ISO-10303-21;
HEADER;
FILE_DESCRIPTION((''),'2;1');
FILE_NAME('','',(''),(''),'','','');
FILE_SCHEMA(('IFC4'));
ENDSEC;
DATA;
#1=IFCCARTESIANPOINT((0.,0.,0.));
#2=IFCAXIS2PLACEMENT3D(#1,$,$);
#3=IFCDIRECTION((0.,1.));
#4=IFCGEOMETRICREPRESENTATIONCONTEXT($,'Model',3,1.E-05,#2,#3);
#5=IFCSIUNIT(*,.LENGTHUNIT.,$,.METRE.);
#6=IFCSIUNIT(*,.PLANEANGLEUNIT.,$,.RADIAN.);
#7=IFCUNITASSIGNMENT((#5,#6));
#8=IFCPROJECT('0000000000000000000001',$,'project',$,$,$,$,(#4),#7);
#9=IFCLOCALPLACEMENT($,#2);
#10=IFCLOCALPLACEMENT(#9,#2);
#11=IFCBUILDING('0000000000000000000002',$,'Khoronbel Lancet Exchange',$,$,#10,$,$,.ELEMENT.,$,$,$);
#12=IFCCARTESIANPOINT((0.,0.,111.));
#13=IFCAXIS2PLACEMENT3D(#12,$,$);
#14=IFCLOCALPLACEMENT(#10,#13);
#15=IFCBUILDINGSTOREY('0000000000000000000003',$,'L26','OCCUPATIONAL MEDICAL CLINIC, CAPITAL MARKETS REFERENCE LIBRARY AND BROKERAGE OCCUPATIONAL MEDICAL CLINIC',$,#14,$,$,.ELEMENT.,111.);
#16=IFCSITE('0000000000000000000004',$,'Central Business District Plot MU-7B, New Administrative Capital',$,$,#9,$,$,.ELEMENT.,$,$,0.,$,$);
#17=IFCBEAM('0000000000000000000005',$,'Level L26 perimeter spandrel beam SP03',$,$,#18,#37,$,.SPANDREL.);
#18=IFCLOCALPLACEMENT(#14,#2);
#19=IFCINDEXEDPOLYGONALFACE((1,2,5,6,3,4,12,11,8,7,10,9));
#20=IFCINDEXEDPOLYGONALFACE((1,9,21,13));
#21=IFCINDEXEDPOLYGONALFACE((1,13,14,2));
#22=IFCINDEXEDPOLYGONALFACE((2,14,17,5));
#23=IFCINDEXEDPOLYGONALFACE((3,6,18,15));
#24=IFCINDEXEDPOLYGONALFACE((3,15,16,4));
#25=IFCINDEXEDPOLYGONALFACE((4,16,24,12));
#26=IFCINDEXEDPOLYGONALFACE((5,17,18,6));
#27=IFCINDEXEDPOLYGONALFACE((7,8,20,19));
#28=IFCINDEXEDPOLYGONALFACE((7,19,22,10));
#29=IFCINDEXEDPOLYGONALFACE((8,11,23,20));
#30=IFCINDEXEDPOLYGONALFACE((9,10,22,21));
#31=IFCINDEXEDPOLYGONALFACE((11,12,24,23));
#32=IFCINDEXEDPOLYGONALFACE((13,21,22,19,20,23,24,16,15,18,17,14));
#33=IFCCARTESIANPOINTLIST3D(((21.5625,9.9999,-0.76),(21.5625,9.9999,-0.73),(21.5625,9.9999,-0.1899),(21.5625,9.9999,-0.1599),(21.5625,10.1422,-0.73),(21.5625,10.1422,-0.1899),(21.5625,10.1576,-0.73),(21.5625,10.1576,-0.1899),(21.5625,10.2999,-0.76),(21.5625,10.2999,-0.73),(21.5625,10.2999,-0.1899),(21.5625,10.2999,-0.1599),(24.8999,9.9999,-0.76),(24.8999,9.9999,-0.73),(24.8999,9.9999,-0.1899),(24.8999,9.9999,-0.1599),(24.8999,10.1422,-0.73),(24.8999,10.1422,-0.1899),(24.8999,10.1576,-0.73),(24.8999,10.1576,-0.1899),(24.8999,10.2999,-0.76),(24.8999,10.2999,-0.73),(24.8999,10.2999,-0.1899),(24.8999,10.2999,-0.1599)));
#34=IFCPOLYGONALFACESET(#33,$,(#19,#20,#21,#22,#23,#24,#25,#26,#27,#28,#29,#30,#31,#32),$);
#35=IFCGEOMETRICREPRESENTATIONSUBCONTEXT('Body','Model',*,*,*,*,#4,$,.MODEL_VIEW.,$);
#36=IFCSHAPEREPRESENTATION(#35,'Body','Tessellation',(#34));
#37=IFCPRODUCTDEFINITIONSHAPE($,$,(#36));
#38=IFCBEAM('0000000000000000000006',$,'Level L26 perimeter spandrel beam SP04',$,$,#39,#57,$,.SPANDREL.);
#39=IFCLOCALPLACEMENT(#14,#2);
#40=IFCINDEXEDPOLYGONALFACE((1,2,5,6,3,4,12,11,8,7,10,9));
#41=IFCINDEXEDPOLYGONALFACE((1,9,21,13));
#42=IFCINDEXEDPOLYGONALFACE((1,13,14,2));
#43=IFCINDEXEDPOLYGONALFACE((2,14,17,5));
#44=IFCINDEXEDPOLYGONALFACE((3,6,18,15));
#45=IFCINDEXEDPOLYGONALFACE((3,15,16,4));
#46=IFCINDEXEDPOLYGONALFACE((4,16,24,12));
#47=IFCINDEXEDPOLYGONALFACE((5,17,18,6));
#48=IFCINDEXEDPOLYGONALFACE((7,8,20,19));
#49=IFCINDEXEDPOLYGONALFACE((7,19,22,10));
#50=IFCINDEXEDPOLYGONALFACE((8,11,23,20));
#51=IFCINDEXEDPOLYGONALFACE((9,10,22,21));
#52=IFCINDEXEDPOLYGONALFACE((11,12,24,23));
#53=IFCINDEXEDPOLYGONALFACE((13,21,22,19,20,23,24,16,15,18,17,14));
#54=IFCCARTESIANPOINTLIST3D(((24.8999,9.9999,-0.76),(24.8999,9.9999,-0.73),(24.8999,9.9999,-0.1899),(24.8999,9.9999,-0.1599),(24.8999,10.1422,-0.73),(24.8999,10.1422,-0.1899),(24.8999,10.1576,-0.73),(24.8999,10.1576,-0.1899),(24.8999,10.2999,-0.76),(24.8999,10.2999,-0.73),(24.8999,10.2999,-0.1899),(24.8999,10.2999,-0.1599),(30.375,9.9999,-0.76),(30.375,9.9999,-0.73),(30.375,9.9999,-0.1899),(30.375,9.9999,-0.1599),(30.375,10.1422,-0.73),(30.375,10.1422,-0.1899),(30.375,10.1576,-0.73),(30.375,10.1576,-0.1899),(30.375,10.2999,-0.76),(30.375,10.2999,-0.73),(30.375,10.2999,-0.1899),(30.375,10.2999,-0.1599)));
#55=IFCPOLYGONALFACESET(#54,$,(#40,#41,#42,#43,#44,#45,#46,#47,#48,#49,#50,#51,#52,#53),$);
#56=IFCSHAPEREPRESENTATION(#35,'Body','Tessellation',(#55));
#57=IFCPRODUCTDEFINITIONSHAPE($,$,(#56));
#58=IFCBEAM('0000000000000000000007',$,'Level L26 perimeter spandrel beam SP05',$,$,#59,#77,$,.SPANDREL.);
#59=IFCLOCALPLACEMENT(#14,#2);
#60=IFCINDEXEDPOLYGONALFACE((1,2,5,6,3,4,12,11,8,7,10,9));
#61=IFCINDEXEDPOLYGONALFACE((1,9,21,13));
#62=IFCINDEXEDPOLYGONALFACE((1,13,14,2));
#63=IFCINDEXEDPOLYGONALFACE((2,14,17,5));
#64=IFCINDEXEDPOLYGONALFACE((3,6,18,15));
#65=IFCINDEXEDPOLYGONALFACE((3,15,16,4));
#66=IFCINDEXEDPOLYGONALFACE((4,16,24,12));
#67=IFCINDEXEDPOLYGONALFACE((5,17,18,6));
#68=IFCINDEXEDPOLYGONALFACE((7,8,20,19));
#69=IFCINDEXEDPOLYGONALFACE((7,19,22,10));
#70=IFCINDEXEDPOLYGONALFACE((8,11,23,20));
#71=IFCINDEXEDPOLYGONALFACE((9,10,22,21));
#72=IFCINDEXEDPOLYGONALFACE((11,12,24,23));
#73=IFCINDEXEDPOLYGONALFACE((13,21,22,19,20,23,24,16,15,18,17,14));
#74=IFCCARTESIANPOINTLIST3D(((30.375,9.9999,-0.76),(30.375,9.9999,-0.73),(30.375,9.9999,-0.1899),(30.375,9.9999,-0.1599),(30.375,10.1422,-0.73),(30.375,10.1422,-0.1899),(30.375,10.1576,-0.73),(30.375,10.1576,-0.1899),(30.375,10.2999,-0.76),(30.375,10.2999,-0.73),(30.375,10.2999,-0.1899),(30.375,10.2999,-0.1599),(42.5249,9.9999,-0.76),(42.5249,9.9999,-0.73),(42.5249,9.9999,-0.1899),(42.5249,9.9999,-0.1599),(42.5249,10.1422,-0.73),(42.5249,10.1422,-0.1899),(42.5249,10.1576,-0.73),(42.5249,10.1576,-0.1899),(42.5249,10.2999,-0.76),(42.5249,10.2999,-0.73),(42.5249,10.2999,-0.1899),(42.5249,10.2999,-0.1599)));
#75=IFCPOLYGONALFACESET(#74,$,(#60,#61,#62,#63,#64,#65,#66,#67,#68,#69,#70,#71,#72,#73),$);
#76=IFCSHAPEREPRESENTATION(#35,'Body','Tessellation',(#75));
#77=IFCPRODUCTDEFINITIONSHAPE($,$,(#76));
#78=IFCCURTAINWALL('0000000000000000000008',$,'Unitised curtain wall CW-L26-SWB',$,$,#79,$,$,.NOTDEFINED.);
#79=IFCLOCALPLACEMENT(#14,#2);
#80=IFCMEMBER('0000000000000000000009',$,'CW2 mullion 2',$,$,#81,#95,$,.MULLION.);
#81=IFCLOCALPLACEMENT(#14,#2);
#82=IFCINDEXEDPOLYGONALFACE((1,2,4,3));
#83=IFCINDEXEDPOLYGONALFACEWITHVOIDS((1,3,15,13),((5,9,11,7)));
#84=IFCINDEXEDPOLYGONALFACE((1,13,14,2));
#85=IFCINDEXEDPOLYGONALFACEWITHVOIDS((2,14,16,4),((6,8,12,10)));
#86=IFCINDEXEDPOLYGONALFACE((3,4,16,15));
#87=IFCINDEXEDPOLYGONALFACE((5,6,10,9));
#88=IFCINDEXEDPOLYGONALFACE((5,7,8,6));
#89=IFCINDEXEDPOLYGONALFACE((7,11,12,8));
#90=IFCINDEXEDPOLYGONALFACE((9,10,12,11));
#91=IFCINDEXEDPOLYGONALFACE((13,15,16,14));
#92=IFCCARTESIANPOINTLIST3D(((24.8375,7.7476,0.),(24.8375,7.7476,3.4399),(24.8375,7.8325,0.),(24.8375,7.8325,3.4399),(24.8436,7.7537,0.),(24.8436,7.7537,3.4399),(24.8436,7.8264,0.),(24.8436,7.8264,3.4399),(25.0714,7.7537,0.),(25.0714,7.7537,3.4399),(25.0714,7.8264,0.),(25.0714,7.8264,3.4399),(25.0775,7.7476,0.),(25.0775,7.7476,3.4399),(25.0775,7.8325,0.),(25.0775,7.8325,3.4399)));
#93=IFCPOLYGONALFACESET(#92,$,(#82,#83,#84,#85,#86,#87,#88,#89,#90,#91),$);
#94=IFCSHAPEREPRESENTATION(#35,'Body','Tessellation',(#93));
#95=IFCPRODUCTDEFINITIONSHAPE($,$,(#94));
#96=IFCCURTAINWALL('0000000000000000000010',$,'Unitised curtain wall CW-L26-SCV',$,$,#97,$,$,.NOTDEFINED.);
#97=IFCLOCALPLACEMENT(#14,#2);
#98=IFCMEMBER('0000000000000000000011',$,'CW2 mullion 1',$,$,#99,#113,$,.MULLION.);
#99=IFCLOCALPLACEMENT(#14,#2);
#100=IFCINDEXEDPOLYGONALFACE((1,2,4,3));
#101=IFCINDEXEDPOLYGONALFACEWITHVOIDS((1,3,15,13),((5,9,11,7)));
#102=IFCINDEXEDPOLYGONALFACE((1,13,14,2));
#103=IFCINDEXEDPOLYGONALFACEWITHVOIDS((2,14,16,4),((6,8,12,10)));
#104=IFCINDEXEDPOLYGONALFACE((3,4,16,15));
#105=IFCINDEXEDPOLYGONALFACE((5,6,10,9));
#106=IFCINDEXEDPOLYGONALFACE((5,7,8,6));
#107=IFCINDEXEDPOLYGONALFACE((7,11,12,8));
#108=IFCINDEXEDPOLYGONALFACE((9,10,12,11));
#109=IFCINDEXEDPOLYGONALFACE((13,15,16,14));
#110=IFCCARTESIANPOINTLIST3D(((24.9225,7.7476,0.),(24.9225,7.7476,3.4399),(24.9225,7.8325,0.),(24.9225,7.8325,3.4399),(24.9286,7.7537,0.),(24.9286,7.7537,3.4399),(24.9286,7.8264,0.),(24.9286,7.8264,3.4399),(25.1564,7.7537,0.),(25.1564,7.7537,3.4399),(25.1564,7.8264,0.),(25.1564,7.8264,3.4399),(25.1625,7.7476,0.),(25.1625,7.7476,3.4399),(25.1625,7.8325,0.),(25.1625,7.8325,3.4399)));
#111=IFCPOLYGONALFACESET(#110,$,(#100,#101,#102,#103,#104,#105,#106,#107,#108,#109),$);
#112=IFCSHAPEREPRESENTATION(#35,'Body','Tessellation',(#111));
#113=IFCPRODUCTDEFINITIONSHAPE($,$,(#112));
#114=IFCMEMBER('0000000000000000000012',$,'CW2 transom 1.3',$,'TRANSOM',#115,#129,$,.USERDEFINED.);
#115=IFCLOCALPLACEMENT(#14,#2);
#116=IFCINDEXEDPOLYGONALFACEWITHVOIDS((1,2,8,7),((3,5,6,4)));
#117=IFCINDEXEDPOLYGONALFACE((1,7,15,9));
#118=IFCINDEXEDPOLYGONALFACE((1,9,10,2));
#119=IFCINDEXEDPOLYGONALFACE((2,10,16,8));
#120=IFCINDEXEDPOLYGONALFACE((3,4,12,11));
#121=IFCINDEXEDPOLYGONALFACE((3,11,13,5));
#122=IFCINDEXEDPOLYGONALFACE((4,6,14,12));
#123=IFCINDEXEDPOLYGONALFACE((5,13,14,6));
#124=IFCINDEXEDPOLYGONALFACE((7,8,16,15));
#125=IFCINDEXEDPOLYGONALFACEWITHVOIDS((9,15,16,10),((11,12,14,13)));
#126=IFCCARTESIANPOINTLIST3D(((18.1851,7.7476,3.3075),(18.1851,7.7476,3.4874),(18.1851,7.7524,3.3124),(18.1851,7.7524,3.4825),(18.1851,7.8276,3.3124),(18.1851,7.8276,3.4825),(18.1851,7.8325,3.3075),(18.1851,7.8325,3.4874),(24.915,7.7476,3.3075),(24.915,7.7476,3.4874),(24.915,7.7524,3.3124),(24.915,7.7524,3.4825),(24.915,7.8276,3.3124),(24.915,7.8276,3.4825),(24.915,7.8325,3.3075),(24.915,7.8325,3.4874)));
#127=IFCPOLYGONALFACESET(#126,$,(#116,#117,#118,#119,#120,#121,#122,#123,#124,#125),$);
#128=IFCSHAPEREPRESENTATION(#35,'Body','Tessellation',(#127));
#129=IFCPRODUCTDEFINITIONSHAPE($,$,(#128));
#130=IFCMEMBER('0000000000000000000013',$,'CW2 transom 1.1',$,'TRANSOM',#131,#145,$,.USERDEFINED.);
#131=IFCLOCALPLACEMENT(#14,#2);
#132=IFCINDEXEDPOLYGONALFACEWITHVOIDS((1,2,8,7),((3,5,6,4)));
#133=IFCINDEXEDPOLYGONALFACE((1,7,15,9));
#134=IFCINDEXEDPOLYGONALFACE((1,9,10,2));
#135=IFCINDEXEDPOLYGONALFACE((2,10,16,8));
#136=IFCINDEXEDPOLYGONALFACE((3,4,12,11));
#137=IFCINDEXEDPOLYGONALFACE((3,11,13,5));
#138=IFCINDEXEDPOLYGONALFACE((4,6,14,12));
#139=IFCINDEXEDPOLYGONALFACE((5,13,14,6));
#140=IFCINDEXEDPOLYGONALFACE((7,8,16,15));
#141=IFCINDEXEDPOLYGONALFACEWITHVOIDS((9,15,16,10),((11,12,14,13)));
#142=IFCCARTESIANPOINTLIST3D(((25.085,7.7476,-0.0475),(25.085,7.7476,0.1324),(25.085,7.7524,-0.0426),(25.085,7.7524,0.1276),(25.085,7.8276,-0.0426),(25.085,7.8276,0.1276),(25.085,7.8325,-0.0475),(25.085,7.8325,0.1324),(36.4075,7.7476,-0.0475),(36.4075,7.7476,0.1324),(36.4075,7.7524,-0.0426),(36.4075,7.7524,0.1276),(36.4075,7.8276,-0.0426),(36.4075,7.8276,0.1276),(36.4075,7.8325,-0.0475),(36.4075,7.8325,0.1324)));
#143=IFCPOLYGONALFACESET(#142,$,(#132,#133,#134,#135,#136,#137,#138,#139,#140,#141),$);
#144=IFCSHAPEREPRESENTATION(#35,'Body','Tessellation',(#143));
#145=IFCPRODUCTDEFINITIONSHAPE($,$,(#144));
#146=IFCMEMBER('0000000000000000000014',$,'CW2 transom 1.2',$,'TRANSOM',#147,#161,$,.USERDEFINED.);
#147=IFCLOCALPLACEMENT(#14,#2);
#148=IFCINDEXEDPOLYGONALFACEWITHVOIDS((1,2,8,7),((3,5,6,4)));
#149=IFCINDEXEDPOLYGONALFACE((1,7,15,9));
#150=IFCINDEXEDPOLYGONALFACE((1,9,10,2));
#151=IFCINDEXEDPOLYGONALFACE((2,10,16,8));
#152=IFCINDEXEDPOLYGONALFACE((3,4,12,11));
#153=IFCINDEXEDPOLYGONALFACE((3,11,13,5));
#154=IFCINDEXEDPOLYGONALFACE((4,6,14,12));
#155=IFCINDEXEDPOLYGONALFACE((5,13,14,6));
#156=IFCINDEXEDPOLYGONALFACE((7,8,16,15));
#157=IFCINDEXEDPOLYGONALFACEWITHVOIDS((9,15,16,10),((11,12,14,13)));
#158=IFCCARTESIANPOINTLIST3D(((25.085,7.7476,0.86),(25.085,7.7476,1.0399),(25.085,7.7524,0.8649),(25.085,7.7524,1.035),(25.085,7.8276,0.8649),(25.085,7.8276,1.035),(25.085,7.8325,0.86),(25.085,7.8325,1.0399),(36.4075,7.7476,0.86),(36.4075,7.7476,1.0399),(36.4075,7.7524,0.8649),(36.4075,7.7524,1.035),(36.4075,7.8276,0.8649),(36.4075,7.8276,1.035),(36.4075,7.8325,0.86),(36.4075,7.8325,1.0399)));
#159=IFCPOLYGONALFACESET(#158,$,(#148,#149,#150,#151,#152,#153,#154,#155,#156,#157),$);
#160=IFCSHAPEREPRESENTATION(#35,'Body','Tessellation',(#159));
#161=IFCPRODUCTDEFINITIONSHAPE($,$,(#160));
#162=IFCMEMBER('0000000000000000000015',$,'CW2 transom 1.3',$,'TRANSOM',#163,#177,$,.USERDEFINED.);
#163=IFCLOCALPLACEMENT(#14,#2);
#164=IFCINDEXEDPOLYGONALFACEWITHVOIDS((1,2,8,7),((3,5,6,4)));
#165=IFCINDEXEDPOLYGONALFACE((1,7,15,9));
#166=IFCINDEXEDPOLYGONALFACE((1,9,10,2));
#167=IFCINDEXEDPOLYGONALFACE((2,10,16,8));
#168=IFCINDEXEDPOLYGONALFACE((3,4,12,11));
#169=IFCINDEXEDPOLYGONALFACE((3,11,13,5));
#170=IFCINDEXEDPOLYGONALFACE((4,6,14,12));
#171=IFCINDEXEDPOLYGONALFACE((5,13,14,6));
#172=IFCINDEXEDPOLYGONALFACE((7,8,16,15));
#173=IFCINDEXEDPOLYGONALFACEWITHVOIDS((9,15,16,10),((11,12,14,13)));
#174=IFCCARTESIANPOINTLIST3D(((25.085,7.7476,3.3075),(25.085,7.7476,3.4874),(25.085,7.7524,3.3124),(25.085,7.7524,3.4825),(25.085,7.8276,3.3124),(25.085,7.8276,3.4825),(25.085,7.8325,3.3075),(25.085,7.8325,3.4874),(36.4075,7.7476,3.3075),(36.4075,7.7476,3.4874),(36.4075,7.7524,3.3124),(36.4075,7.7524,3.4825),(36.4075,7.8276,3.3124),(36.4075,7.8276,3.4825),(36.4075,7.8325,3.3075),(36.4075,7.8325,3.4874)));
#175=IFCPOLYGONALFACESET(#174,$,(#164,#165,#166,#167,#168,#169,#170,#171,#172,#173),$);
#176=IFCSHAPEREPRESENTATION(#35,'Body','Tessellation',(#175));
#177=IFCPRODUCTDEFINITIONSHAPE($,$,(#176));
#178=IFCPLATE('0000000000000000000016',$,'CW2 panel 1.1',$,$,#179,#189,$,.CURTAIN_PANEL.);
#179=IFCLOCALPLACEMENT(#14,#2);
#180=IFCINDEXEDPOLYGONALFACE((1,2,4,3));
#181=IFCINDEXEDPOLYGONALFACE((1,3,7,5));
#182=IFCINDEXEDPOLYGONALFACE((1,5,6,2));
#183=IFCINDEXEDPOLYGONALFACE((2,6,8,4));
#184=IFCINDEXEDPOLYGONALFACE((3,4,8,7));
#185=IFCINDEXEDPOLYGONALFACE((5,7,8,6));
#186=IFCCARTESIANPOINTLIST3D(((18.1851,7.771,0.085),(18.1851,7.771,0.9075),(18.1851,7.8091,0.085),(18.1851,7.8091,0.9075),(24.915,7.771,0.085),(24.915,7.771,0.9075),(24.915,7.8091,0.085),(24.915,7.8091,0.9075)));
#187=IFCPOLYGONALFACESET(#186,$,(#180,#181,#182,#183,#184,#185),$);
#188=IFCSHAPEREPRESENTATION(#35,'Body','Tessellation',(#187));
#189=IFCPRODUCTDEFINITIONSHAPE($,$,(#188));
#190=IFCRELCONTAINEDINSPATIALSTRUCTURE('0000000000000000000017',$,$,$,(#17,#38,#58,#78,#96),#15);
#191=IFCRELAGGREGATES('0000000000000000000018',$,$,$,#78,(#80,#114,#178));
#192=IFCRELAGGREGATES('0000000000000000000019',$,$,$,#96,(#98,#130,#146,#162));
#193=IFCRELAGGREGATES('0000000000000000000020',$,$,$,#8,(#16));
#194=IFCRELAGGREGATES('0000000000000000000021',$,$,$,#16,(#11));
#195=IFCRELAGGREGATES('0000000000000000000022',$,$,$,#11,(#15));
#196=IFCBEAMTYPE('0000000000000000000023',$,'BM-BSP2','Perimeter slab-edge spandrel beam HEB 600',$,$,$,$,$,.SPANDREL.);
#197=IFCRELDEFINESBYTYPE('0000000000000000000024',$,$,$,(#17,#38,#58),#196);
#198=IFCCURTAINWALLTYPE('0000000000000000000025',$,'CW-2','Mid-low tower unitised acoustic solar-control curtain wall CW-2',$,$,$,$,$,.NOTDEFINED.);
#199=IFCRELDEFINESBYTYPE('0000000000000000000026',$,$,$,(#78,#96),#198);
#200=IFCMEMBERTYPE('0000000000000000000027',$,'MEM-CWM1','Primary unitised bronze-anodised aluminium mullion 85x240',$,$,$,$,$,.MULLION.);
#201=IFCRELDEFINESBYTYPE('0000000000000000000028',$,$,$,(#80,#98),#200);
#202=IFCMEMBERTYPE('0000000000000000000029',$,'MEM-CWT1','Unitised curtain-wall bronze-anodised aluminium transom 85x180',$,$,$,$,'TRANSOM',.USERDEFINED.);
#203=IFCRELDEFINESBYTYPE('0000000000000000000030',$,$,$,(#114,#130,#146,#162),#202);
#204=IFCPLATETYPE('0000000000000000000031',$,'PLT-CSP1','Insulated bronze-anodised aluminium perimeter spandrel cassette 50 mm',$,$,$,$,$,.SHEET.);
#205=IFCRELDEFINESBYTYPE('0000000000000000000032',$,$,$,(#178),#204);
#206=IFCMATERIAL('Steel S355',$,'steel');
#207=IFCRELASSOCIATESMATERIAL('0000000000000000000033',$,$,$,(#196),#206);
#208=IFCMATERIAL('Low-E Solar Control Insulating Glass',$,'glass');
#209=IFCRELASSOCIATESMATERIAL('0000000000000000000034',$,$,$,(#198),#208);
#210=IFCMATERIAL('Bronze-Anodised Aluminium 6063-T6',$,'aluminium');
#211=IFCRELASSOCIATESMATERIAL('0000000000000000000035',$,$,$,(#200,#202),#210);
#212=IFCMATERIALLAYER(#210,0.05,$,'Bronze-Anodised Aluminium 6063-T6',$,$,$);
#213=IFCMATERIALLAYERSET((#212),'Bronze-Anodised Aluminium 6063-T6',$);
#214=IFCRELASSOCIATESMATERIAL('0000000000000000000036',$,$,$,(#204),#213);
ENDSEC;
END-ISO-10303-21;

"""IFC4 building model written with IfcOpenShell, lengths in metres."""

from ifc_helpers import new_model, si_unit, direction, frame, origin, origin_2d, place, context, subcontext, project, spatial, rectangle, hollow_rectangle, i_section, extrude, material, layer, layer_set, material_profile, profile_set, type_object, element, aggregate, save


model = new_model("IFC4")

# Units and contexts
model_context = context("Model", 3, precision=1e-05, world=origin(), true_north=direction((0.0, 1.0)))
body_context = subcontext(model_context, "Body", "Model", "MODEL_VIEW")
ifc_project = project(units=[si_unit("LENGTHUNIT", "METRE"), si_unit("PLANEANGLEUNIT", "RADIAN")], contexts=[model_context])

# Site, building, storey
site_placement = place(None, origin())
site = spatial("IfcSite", under=ifc_project, at=site_placement, Name="Central Business District Plot MU-7B, New Administrative Capital", CompositionType="ELEMENT", RefElevation=0.0)
building_placement = place(site_placement, origin())
building = spatial("IfcBuilding", under=site, at=building_placement, Name="Khoronbel Lancet Exchange", CompositionType="ELEMENT")
storey_placement = place(building_placement, frame((0.0, 0.0, 111.0)))
storey = spatial("IfcBuildingStorey", under=building, at=storey_placement, Name="L26", Description="OCCUPATIONAL MEDICAL CLINIC, CAPITAL MARKETS REFERENCE LIBRARY AND BROKERAGE OCCUPATIONAL MEDICAL CLINIC", CompositionType="ELEMENT", Elevation=111.0)

# Beams
ifc_material_1 = material(Name="Steel S355", Category="steel")
ifc_material_profile_1 = material_profile(ifc_material_1, i_section(OverallWidth=0.3, OverallDepth=0.6001, WebThickness=0.0154, FlangeThickness=0.03, at=origin_2d()), Name="HEB 600")
ifc_profile_set_1 = profile_set([ifc_material_profile_1], Name="Steel S355")
beam_type_1 = type_object("IfcBeamType", Name="BM-BSP2", Description="Perimeter slab-edge spandrel beam HEB 600", PredefinedType="SPANDREL", material=ifc_profile_set_1)
for number, where, z_axis, x_axis, name in (
    (1, (21.5625, 10.1499, -0.46), (1.0, 0.0, 0.0), (0.0, 1.0, 0.0), "Level L26 perimeter spandrel beam SP03"),
):
    element("IfcBeam", number, at=place(storey_placement, frame(where, z_axis=z_axis, x_axis=x_axis)), inside=storey, type_object=beam_type_1, Name=name, PredefinedType="SPANDREL", context=body_context, shape_type="SweptSolid", body=[
        extrude(i_section(OverallWidth=0.3, OverallDepth=0.6001, WebThickness=0.0154, FlangeThickness=0.03, at=origin_2d()), origin(), (0.0, 0.0, 1.0), 3.3374),
    ])
beam_1_placement = place(storey_placement, frame((24.8999, 10.1499, -0.46), z_axis=(1.0, 0.0, 0.0), x_axis=(0.0, 1.0, 0.0)))
element("IfcBeam", 2, at=beam_1_placement, inside=storey, type_object=beam_type_1, Name="Level L26 perimeter spandrel beam SP04", PredefinedType="SPANDREL", context=body_context, shape_type="SweptSolid", body=[
    extrude(i_section(OverallWidth=0.3, OverallDepth=0.6001, WebThickness=0.0154, FlangeThickness=0.03, at=origin_2d()), origin(), (0.0, 0.0, 1.0), 5.4751),
])
beam_2_placement = place(storey_placement, frame((30.375, 10.1499, -0.46), z_axis=(1.0, 0.0, 0.0), x_axis=(0.0, 1.0, 0.0)))
element("IfcBeam", 3, at=beam_2_placement, inside=storey, type_object=beam_type_1, Name="Level L26 perimeter spandrel beam SP05", PredefinedType="SPANDREL", context=body_context, shape_type="SweptSolid", body=[
    extrude(i_section(OverallWidth=0.3, OverallDepth=0.6001, WebThickness=0.0154, FlangeThickness=0.03, at=origin_2d()), origin(), (0.0, 0.0, 1.0), 12.1499),
])

# Curtain walls, members
ifc_material_2 = material(Name="Low-E Solar Control Insulating Glass", Category="glass")
curtain_wall_type = type_object("IfcCurtainWallType", Name="CW-2", Description="Mid-low tower unitised acoustic solar-control curtain wall CW-2", PredefinedType="NOTDEFINED", material=ifc_material_2)
curtain_wall_1_placement = place(storey_placement, origin())
curtain_wall_1 = element("IfcCurtainWall", 4, at=curtain_wall_1_placement, inside=storey, type_object=curtain_wall_type, Name="Unitised curtain wall CW-L26-SWB", PredefinedType="NOTDEFINED")
ifc_material_3 = material(Name="Bronze-Anodised Aluminium 6063-T6", Category="aluminium")
ifc_material_profile_2 = material_profile(ifc_material_3, hollow_rectangle(XDim=0.085, YDim=0.24, WallThickness=0.0061, at=origin_2d()), Name="ALU MULLION 85x240")
ifc_profile_set_2 = profile_set([ifc_material_profile_2], Name="Bronze-Anodised Aluminium 6063-T6")
member_type_1 = type_object("IfcMemberType", Name="MEM-CWM1", Description="Primary unitised bronze-anodised aluminium mullion 85x240", PredefinedType="MULLION", material=ifc_profile_set_2)
member_1_placement = place(storey_placement, frame((24.9575, 7.79, 0.0), z_axis=(0.0, 0.0, 1.0), x_axis=(0.0, 1.0, 0.0)))
member_1 = element("IfcMember", 5, at=member_1_placement, type_object=member_type_1, Name="CW2 mullion 2", PredefinedType="MULLION", context=body_context, shape_type="SweptSolid", body=[
    extrude(hollow_rectangle(XDim=0.085, YDim=0.24, WallThickness=0.0061, at=origin_2d()), origin(), (0.0, 0.0, 1.0), 3.4399),
])
curtain_wall_2_placement = place(storey_placement, origin())
curtain_wall_2 = element("IfcCurtainWall", 6, at=curtain_wall_2_placement, inside=storey, type_object=curtain_wall_type, Name="Unitised curtain wall CW-L26-SCV", PredefinedType="NOTDEFINED")
member_2_placement = place(storey_placement, frame((25.0425, 7.79, 0.0), z_axis=(0.0, 0.0, 1.0), x_axis=(0.0, 1.0, 0.0)))
member_2 = element("IfcMember", 7, at=member_2_placement, type_object=member_type_1, Name="CW2 mullion 1", PredefinedType="MULLION", context=body_context, shape_type="SweptSolid", body=[
    extrude(hollow_rectangle(XDim=0.085, YDim=0.24, WallThickness=0.0061, at=origin_2d()), origin(), (0.0, 0.0, 1.0), 3.4399),
])

# Members
ifc_material_profile_3 = material_profile(ifc_material_3, hollow_rectangle(XDim=0.085, YDim=0.1799, WallThickness=0.0049, at=origin_2d()), Name="ALU TRANSOM 85x180")
ifc_profile_set_3 = profile_set([ifc_material_profile_3], Name="Bronze-Anodised Aluminium 6063-T6")
member_type_2 = type_object("IfcMemberType", Name="MEM-CWT1", Description="Unitised curtain-wall bronze-anodised aluminium transom 85x180", ElementType="TRANSOM", PredefinedType="USERDEFINED", material=ifc_profile_set_3)
member_3_placement = place(storey_placement, frame((18.1851, 7.79, 3.3975), z_axis=(1.0, 0.0, 0.0), x_axis=(0.0, 1.0, 0.0)))
member_3 = element("IfcMember", 8, at=member_3_placement, type_object=member_type_2, Name="CW2 transom 1.3", ObjectType="TRANSOM", PredefinedType="USERDEFINED", context=body_context, shape_type="SweptSolid", body=[
    extrude(hollow_rectangle(XDim=0.085, YDim=0.1799, WallThickness=0.0049, at=origin_2d()), origin(), (0.0, 0.0, 1.0), 6.73),
])
member_4_placement = place(storey_placement, frame((25.085, 7.79, 0.0425), z_axis=(1.0, 0.0, 0.0), x_axis=(0.0, 1.0, 0.0)))
member_4 = element("IfcMember", 9, at=member_4_placement, type_object=member_type_2, Name="CW2 transom 1.1", ObjectType="TRANSOM", PredefinedType="USERDEFINED", context=body_context, shape_type="SweptSolid", body=[
    extrude(hollow_rectangle(XDim=0.085, YDim=0.1799, WallThickness=0.0049, at=origin_2d()), origin(), (0.0, 0.0, 1.0), 11.3225),
])
member_5_placement = place(storey_placement, frame((25.085, 7.79, 0.95), z_axis=(1.0, 0.0, 0.0), x_axis=(0.0, 1.0, 0.0)))
member_5 = element("IfcMember", 10, at=member_5_placement, type_object=member_type_2, Name="CW2 transom 1.2", ObjectType="TRANSOM", PredefinedType="USERDEFINED", context=body_context, shape_type="SweptSolid", body=[
    extrude(hollow_rectangle(XDim=0.085, YDim=0.1799, WallThickness=0.0049, at=origin_2d()), origin(), (0.0, 0.0, 1.0), 11.3225),
])
member_6_placement = place(storey_placement, frame((25.085, 7.79, 3.3975), z_axis=(1.0, 0.0, 0.0), x_axis=(0.0, 1.0, 0.0)))
member_6 = element("IfcMember", 11, at=member_6_placement, type_object=member_type_2, Name="CW2 transom 1.3", ObjectType="TRANSOM", PredefinedType="USERDEFINED", context=body_context, shape_type="SweptSolid", body=[
    extrude(hollow_rectangle(XDim=0.085, YDim=0.1799, WallThickness=0.0049, at=origin_2d()), origin(), (0.0, 0.0, 1.0), 11.3225),
])

# Plate
ifc_layer_1 = layer(ifc_material_3, 0.05, Name="Bronze-Anodised Aluminium 6063-T6")
ifc_layer_set_1 = layer_set([ifc_layer_1], Name="Bronze-Anodised Aluminium 6063-T6")
plate_type_1 = type_object("IfcPlateType", Name="PLT-CSP1", Description="Insulated bronze-anodised aluminium perimeter spandrel cassette 50 mm", PredefinedType="SHEET", material=ifc_layer_set_1)
plate_1_placement = place(storey_placement, frame((21.55, 7.79, 0.085), z_axis=(0.0, 0.0, 1.0), x_axis=(1.0, 0.0, 0.0)))
plate_1 = element("IfcPlate", 12, at=plate_1_placement, type_object=plate_type_1, Name="CW2 panel 1.1", PredefinedType="CURTAIN_PANEL", context=body_context, shape_type="SweptSolid", body=[
    extrude(rectangle(XDim=6.73, YDim=0.0381, at=origin_2d()), origin(), (0.0, 0.0, 1.0), 0.8225),
])
aggregate(curtain_wall_1, [member_1, member_3, plate_1])
aggregate(curtain_wall_2, [member_2, member_4, member_5, member_6])

save(model, "model.ifc")
